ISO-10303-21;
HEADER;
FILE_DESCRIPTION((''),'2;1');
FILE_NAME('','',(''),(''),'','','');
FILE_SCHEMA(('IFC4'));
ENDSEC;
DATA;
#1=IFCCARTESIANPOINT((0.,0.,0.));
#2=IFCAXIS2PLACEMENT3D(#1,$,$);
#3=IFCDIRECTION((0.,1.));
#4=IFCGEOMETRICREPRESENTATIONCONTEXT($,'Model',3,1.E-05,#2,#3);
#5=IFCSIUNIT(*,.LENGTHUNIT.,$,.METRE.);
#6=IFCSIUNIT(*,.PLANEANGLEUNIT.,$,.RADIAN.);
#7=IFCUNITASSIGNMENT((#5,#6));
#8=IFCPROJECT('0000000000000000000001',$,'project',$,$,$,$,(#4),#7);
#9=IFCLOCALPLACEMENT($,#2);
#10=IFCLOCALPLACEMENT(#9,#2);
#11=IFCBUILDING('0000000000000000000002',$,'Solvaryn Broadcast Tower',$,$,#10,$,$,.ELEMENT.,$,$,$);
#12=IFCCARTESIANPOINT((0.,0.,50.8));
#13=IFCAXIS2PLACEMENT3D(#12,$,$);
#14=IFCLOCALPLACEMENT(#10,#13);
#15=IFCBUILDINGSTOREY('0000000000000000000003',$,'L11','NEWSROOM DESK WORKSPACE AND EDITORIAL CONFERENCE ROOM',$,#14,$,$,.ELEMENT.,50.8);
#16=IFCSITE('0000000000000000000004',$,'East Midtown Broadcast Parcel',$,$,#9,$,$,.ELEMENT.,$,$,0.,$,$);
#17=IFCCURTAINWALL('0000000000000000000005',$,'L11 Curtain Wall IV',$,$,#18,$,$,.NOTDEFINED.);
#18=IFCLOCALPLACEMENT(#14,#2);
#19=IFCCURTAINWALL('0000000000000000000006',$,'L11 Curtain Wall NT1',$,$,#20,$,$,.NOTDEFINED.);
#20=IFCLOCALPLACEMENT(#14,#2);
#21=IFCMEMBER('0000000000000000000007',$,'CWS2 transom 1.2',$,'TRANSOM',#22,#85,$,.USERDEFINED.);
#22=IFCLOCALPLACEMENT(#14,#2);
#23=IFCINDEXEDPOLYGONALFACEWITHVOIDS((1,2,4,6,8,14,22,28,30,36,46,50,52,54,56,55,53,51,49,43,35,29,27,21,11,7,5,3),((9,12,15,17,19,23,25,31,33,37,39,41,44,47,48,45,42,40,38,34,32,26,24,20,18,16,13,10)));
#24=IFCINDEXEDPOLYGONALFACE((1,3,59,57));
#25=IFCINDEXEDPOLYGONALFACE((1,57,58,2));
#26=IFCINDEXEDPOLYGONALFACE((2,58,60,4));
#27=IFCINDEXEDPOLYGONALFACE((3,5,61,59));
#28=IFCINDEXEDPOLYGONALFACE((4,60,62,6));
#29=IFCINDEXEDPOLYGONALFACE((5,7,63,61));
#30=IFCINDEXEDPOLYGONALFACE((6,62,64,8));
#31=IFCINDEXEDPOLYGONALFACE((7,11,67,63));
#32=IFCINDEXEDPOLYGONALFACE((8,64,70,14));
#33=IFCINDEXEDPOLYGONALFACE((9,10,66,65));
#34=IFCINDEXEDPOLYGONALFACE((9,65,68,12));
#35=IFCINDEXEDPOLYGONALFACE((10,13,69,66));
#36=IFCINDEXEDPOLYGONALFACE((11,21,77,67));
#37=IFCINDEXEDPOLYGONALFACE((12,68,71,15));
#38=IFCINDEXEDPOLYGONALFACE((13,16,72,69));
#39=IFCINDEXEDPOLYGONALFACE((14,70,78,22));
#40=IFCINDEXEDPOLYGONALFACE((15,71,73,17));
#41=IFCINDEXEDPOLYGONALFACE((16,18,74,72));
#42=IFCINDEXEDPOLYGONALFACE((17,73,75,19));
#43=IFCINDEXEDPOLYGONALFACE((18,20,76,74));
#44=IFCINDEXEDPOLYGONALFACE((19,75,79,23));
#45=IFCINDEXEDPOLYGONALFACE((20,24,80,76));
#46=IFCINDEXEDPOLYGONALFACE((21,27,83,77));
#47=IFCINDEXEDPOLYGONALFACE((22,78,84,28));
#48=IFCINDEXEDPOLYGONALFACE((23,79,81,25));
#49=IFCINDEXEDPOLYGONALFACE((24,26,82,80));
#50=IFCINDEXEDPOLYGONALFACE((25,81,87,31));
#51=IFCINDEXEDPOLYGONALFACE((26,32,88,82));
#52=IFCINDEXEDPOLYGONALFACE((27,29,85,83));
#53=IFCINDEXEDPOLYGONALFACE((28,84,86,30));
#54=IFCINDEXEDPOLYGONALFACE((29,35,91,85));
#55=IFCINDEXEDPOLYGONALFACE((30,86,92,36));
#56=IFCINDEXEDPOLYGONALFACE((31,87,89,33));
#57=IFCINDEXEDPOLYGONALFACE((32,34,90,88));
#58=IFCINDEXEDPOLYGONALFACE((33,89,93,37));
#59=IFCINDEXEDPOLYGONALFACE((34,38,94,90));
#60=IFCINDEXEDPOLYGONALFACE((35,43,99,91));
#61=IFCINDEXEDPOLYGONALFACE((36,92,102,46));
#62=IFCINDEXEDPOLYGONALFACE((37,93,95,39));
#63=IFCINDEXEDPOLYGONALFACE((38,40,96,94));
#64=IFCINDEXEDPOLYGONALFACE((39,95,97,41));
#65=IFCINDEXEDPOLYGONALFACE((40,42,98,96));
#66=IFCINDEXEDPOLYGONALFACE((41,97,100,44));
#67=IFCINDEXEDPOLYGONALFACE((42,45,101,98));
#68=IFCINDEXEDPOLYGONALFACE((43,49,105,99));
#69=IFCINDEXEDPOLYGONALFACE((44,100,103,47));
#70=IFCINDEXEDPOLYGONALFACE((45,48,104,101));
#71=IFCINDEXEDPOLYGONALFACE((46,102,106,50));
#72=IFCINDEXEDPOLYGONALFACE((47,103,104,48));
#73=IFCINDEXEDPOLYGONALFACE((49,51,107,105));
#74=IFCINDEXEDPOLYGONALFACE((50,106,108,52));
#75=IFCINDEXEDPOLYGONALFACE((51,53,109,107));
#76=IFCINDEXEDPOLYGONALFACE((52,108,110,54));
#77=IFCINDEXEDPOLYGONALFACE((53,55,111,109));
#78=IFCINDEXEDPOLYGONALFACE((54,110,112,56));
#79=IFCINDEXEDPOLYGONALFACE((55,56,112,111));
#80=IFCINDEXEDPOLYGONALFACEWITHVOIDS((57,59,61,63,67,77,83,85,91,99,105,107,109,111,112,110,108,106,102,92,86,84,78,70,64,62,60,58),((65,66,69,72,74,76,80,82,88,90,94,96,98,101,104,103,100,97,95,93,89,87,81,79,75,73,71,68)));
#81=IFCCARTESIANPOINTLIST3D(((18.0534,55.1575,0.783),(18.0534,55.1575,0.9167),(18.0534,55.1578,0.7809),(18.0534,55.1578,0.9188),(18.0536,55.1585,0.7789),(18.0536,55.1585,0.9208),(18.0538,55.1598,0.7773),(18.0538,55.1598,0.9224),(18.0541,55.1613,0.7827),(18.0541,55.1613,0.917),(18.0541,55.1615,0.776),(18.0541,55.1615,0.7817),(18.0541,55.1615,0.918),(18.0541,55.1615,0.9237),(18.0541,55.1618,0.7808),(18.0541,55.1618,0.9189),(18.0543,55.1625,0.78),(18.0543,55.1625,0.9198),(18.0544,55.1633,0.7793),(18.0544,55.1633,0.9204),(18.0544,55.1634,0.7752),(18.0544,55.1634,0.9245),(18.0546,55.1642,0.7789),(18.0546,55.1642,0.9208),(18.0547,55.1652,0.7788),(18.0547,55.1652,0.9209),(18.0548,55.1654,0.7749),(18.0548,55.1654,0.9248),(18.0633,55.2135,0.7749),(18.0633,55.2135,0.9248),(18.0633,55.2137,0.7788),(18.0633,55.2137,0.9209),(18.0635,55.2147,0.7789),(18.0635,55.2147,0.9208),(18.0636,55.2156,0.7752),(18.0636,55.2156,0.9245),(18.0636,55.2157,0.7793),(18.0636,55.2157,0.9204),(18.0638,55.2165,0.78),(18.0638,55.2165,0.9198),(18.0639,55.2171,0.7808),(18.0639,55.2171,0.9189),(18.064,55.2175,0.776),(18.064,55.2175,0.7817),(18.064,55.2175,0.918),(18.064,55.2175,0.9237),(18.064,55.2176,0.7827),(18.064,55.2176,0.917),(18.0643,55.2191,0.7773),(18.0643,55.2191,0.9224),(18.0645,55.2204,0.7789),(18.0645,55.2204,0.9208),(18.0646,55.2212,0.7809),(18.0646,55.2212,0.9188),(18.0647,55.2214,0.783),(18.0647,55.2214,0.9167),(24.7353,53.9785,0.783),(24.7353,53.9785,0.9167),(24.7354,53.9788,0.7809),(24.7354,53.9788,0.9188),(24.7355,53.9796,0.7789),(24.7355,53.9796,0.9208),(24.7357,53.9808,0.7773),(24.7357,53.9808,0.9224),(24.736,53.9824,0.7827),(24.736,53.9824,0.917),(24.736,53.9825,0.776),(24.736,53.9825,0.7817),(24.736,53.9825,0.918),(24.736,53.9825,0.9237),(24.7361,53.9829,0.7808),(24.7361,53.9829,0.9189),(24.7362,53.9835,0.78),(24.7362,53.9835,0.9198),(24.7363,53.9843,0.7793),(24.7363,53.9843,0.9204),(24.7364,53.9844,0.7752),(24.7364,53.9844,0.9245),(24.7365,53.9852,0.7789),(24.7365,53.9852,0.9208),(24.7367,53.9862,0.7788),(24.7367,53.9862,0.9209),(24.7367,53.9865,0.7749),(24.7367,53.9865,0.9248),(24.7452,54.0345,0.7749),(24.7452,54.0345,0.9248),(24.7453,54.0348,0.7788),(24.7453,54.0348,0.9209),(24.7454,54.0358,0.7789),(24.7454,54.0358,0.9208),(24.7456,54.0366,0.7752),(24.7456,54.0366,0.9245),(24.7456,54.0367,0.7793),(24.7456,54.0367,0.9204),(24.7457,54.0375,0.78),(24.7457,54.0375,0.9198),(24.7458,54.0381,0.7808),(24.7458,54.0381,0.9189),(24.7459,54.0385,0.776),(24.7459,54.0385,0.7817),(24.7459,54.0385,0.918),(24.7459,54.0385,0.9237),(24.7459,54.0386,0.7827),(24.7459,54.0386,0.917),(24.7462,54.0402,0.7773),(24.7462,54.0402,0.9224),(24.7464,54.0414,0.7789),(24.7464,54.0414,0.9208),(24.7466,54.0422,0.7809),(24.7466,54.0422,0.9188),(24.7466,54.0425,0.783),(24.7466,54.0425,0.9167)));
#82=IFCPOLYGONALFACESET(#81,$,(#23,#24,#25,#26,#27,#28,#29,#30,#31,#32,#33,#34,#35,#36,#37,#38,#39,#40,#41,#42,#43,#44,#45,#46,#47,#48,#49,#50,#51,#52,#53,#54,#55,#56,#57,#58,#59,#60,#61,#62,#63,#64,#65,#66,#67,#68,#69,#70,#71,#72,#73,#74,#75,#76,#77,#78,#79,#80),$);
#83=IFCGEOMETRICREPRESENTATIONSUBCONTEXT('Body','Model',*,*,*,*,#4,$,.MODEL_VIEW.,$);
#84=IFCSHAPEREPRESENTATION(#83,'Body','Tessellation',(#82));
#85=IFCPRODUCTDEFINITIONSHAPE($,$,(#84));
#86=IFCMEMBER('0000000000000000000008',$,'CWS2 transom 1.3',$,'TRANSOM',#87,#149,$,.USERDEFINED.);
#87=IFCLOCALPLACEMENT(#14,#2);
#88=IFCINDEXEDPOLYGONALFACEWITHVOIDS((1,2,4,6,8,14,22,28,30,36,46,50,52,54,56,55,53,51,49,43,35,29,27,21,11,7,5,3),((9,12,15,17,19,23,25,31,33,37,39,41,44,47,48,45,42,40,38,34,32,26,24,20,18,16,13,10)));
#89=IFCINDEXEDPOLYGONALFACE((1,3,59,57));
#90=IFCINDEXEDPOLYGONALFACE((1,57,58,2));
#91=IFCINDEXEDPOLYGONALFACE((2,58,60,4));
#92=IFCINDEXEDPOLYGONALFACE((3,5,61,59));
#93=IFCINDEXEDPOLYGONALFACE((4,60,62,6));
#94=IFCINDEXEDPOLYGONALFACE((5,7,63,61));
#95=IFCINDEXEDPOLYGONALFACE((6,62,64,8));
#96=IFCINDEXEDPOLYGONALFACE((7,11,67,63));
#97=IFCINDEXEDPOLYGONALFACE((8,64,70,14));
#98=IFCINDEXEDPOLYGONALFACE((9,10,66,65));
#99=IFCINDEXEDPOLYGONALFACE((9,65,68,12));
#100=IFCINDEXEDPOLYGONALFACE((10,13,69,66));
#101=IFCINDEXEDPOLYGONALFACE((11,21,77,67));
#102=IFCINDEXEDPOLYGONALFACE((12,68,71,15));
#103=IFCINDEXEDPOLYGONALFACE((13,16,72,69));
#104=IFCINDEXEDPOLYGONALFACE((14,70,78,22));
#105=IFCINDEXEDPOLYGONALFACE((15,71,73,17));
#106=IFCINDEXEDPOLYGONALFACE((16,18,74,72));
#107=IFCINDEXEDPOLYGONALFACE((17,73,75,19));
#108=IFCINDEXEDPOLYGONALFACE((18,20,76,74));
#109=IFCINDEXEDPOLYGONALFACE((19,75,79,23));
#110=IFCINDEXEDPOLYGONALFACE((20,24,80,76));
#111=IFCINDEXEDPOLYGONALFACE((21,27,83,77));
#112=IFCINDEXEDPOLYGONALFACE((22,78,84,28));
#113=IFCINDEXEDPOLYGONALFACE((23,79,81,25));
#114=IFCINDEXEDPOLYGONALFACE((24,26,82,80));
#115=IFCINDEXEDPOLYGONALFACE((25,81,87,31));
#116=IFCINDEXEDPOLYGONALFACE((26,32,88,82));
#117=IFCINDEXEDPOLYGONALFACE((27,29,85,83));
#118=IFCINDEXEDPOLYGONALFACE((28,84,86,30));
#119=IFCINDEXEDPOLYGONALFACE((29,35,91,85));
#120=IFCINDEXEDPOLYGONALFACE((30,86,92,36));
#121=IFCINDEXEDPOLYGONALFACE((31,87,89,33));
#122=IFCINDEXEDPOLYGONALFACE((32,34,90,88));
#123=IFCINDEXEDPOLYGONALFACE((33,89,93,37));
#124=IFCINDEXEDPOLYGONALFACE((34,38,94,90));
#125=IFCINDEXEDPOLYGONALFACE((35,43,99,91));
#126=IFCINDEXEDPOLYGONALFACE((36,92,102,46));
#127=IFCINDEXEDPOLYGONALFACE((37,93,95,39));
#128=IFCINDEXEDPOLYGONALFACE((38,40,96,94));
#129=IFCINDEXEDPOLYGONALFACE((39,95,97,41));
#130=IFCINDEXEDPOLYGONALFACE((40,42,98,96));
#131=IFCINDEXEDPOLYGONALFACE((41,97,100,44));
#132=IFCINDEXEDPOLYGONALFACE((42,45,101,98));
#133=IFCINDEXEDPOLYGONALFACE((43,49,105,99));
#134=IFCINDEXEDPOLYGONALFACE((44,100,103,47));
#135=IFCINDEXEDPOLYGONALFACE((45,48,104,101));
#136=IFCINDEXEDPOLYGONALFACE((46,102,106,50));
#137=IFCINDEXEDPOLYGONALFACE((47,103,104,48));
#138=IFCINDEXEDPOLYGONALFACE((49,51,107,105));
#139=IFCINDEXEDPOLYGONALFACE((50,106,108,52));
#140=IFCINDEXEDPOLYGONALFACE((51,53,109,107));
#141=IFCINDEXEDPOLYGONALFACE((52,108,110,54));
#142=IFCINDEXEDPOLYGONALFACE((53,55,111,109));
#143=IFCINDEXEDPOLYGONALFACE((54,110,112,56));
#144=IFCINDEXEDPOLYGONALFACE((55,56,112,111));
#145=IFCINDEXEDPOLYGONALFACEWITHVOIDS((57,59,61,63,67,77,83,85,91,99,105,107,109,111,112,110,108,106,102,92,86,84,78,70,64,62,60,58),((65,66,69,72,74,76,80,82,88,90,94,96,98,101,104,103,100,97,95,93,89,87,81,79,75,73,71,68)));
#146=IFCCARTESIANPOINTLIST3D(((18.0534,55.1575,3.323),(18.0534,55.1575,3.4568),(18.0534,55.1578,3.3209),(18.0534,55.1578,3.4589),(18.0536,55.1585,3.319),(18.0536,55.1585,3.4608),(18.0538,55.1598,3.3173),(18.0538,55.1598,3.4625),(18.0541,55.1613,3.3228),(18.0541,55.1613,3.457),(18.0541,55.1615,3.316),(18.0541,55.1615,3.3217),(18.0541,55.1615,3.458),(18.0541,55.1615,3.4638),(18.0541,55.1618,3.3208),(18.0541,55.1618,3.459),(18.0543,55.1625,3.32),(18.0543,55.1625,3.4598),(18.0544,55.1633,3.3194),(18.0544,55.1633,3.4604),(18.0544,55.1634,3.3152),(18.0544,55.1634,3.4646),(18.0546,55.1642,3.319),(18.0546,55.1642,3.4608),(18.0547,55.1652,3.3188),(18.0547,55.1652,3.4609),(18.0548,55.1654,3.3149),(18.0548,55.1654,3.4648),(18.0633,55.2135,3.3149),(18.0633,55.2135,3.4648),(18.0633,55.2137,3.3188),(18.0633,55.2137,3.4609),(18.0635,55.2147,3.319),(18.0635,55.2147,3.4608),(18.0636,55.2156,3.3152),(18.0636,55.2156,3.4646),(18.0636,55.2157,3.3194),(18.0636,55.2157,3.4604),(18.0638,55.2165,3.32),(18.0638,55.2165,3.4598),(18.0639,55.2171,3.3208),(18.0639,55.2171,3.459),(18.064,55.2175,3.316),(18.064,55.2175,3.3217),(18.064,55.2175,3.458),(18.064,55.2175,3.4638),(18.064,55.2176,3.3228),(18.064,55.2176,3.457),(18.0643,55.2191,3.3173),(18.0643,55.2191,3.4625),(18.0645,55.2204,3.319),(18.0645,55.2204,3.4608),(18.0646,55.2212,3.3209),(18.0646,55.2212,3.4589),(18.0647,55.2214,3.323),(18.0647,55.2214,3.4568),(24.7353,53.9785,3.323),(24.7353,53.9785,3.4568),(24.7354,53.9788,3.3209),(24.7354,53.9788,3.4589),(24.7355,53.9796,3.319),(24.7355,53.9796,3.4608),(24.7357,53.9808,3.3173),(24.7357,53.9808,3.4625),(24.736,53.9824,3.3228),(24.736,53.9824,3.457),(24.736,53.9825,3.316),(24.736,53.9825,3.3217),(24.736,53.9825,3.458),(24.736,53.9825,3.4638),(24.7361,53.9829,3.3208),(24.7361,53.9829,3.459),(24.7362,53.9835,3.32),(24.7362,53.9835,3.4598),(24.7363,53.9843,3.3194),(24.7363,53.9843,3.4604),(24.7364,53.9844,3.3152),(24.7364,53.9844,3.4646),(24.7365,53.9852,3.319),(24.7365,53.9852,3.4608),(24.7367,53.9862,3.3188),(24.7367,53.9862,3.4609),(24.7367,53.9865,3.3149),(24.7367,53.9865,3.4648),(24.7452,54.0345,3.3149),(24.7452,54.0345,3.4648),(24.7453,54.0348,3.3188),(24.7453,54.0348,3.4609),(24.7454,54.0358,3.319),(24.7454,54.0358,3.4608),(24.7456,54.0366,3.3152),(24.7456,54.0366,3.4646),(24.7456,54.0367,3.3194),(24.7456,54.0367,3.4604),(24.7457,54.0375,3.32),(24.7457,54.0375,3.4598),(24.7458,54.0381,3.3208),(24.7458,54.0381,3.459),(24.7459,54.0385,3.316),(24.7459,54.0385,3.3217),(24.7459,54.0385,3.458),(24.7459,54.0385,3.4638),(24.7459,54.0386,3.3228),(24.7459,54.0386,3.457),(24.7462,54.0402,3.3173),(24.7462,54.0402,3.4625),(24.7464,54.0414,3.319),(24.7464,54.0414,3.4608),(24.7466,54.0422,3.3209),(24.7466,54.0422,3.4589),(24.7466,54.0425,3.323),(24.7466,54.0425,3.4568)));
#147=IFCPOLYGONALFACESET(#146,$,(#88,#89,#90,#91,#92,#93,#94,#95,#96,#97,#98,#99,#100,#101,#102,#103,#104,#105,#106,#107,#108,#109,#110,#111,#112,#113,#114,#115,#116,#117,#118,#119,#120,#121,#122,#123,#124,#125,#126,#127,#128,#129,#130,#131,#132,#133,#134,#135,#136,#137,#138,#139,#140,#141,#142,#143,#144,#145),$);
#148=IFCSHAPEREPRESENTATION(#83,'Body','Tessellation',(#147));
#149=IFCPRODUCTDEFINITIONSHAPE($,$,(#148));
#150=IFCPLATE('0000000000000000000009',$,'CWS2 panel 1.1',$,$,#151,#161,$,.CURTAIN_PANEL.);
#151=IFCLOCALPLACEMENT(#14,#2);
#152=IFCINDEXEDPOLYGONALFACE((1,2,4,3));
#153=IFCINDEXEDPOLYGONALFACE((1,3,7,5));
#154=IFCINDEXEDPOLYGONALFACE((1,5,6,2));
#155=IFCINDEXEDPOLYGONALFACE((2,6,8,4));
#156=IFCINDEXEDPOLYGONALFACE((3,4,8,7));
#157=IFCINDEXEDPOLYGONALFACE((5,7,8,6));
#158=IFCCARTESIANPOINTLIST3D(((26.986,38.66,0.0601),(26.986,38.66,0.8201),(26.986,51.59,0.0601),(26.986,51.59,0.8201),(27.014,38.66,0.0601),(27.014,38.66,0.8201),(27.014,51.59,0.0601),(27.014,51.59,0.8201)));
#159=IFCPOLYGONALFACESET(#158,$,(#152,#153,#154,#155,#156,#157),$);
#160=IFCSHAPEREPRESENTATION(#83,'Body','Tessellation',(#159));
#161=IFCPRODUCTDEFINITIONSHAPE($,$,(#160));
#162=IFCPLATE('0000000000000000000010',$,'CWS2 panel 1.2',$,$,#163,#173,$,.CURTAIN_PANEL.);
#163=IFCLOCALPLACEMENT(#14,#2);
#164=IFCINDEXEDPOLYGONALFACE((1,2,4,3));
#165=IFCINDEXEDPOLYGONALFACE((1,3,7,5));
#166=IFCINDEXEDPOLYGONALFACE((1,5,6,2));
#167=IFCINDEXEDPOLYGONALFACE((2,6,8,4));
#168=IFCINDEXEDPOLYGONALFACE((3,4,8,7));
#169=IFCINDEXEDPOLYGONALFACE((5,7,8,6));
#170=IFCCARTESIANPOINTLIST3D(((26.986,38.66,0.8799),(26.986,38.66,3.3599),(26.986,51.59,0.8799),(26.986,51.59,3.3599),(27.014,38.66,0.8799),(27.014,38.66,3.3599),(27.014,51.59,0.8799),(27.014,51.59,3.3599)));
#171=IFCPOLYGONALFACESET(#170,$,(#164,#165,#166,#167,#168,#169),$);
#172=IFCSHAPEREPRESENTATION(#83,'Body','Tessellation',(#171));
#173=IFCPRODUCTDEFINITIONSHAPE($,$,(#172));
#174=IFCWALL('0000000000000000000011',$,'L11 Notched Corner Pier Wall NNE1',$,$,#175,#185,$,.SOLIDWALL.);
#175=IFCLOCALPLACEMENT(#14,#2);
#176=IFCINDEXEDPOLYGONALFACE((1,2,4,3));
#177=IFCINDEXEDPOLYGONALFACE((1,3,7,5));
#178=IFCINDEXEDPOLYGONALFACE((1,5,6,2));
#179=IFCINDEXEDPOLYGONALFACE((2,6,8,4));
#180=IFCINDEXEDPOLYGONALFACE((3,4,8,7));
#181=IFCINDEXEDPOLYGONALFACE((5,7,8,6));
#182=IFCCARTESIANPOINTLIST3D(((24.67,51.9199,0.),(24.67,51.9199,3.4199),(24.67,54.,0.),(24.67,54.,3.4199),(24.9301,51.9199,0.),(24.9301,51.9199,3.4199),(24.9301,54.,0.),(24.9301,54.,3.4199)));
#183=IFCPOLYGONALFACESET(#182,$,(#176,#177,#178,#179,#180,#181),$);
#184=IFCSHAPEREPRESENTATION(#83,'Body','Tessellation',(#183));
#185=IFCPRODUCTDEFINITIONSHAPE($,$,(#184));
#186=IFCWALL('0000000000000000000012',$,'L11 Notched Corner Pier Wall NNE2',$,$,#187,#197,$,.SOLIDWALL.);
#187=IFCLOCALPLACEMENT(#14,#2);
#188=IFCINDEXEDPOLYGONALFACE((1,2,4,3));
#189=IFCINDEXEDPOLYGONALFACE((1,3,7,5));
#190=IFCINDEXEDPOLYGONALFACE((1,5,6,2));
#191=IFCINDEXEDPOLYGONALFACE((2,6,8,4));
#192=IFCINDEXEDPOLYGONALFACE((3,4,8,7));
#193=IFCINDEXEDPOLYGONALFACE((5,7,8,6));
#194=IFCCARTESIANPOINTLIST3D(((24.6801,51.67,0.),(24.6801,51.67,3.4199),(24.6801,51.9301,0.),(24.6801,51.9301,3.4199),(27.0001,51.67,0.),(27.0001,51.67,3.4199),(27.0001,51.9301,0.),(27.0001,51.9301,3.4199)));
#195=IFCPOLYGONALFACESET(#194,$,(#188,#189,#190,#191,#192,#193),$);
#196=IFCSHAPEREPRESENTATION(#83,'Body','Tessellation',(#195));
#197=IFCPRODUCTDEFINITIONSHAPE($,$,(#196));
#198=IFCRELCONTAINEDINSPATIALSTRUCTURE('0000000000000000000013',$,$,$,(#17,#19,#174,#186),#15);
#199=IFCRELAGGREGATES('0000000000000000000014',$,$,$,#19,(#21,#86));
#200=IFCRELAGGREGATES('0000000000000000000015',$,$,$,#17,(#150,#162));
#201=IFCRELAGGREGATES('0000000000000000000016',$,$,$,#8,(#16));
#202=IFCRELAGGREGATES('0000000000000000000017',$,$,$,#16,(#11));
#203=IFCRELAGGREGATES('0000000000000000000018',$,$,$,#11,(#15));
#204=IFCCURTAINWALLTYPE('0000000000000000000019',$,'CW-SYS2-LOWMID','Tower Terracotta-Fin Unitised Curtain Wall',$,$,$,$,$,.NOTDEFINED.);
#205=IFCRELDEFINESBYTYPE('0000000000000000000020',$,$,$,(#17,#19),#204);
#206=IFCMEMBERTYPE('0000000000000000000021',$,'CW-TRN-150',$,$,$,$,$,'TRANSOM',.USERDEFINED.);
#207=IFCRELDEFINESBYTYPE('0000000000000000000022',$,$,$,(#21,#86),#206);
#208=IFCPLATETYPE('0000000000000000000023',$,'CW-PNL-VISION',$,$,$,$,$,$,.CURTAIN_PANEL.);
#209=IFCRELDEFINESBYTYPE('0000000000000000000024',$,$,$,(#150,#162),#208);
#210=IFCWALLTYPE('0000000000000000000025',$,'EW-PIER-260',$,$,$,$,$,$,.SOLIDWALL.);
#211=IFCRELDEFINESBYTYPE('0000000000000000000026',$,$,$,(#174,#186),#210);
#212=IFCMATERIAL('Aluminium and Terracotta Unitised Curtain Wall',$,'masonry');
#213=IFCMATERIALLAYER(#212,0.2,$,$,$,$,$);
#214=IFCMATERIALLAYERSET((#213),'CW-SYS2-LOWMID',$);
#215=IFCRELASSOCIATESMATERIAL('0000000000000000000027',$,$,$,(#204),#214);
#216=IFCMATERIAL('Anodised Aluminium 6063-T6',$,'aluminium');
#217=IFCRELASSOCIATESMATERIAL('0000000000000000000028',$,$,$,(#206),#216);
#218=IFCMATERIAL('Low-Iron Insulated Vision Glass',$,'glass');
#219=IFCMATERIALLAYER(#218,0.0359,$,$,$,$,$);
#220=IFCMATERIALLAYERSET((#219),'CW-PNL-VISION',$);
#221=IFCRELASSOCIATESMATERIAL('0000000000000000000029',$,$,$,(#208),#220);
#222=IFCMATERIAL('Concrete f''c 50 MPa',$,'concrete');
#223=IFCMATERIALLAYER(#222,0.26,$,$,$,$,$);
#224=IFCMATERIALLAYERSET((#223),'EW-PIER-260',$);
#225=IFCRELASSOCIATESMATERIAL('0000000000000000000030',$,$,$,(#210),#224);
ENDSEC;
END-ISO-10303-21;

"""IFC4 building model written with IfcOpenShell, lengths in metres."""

from ifc_helpers import new_model, si_unit, direction, frame, frame_2d, origin, origin_2d, place, context, subcontext, project, spatial, rectangle, hollow_rectangle, extrude, material, layer, layer_set, material_profile, profile_set, type_object, element, aggregate, save


model = new_model("IFC4")

# Units and contexts
model_context = context("Model", 3, precision=1e-05, world=origin(), true_north=direction((0.0, 1.0)))
body_context = subcontext(model_context, "Body", "Model", "MODEL_VIEW")
ifc_project = project(units=[si_unit("LENGTHUNIT", "METRE"), si_unit("PLANEANGLEUNIT", "RADIAN")], contexts=[model_context])

# Site, building, storey
site_placement = place(None, origin())
site = spatial("IfcSite", under=ifc_project, at=site_placement, Name="East Midtown Broadcast Parcel", CompositionType="ELEMENT", RefElevation=0.0)
building_placement = place(site_placement, origin())
building = spatial("IfcBuilding", under=site, at=building_placement, Name="Solvaryn Broadcast Tower", CompositionType="ELEMENT")
storey_placement = place(building_placement, frame((0.0, 0.0, 50.8)))
storey = spatial("IfcBuildingStorey", under=building, at=storey_placement, Name="L11", Description="NEWSROOM DESK WORKSPACE AND EDITORIAL CONFERENCE ROOM", CompositionType="ELEMENT", Elevation=50.8)

# Curtain wall
ifc_material_1 = material(Name="Aluminium and Terracotta Unitised Curtain Wall", Category="masonry")
ifc_layer_1 = layer(ifc_material_1, 0.2)
ifc_layer_set_1 = layer_set([ifc_layer_1], Name="CW-SYS2-LOWMID")
curtain_wall_type = type_object("IfcCurtainWallType", Name="CW-SYS2-LOWMID", Description="Tower Terracotta-Fin Unitised Curtain Wall", PredefinedType="NOTDEFINED", material=ifc_layer_set_1)
curtain_wall_1_placement = place(storey_placement, origin())
curtain_wall_1 = element("IfcCurtainWall", 1, at=curtain_wall_1_placement, inside=storey, type_object=curtain_wall_type, Name="L11 Curtain Wall IV", PredefinedType="NOTDEFINED")

# Curtain wall
curtain_wall_2_placement = place(storey_placement, origin())
curtain_wall_2 = element("IfcCurtainWall", 2, at=curtain_wall_2_placement, inside=storey, type_object=curtain_wall_type, Name="L11 Curtain Wall NT1", PredefinedType="NOTDEFINED")

# Members
ifc_material_2 = material(Name="Anodised Aluminium 6063-T6", Category="aluminium")
ifc_material_profile_1 = material_profile(ifc_material_2, hollow_rectangle(XDim=0.0649, YDim=0.1499, WallThickness=0.0039, InnerFilletRadius=0.0039, OuterFilletRadius=0.0081, at=origin_2d()))
ifc_profile_set_1 = profile_set([ifc_material_profile_1], Name="Anodised Aluminium 6063-T6")
member_type_1 = type_object("IfcMemberType", Name="CW-TRN-150", ElementType="TRANSOM", PredefinedType="USERDEFINED", material=ifc_profile_set_1)
member_1_placement = place(storey_placement, frame((24.741, 54.0105, 0.8499), z_axis=(-0.984789, 0.173757, 0.0), x_axis=(-0.173757, -0.984789, 0.0)))
member_1 = element("IfcMember", 3, at=member_1_placement, type_object=member_type_1, Name="CWS2 transom 1.2", ObjectType="TRANSOM", PredefinedType="USERDEFINED", context=body_context, shape_type="SweptSolid", body=[
    extrude(hollow_rectangle(XDim=0.0649, YDim=0.1499, WallThickness=0.0039, InnerFilletRadius=0.0039, OuterFilletRadius=0.0081, at=origin_2d()), origin(), (0.0, 0.0, 1.0), 6.7852),
])
member_2_placement = place(storey_placement, frame((24.741, 54.0105, 3.3899), z_axis=(-0.984789, 0.173757, 0.0), x_axis=(-0.173757, -0.984789, 0.0)))
member_2 = element("IfcMember", 4, at=member_2_placement, type_object=member_type_1, Name="CWS2 transom 1.3", ObjectType="TRANSOM", PredefinedType="USERDEFINED", context=body_context, shape_type="SweptSolid", body=[
    extrude(hollow_rectangle(XDim=0.0649, YDim=0.1499, WallThickness=0.0039, InnerFilletRadius=0.0039, OuterFilletRadius=0.0081, at=origin_2d()), origin(), (0.0, 0.0, 1.0), 6.7852),
])
aggregate(curtain_wall_2, [member_1, member_2])

# Plates
ifc_material_3 = material(Name="Low-Iron Insulated Vision Glass", Category="glass")
ifc_layer_2 = layer(ifc_material_3, 0.0359)
ifc_layer_set_2 = layer_set([ifc_layer_2], Name="CW-PNL-VISION")
plate_type = type_object("IfcPlateType", Name="CW-PNL-VISION", PredefinedType="CURTAIN_PANEL", material=ifc_layer_set_2)
plate_1_placement = place(storey_placement, frame((27.0, 45.125, 0.0601), z_axis=(0.0, 0.0, 1.0), x_axis=(0.0, -1.0, 0.0)))
plate_1 = element("IfcPlate", 5, at=plate_1_placement, type_object=plate_type, Name="CWS2 panel 1.1", PredefinedType="CURTAIN_PANEL", context=body_context, shape_type="SweptSolid", body=[
    extrude(rectangle(XDim=12.9299, YDim=0.0281, at=origin_2d()), origin(), (0.0, 0.0, 1.0), 0.76),
])
plate_2_placement = place(storey_placement, frame((27.0, 45.125, 0.8799), z_axis=(0.0, 0.0, 1.0), x_axis=(0.0, -1.0, 0.0)))
plate_2 = element("IfcPlate", 6, at=plate_2_placement, type_object=plate_type, Name="CWS2 panel 1.2", PredefinedType="CURTAIN_PANEL", context=body_context, shape_type="SweptSolid", body=[
    extrude(rectangle(XDim=12.9299, YDim=0.0281, at=origin_2d()), origin(), (0.0, 0.0, 1.0), 2.48),
])
aggregate(curtain_wall_1, [plate_1, plate_2])

# Walls
ifc_material_4 = material(Name="Concrete f'c 50 MPa", Category="concrete")
ifc_layer_3 = layer(ifc_material_4, 0.26)
ifc_layer_set_3 = layer_set([ifc_layer_3], Name="EW-PIER-260")
wall_type_1 = type_object("IfcWallType", Name="EW-PIER-260", PredefinedType="SOLIDWALL", material=ifc_layer_set_3)
wall_1_placement = place(storey_placement, frame((24.8, 54.0, 0.0), z_axis=(0.0, 0.0, 1.0), x_axis=(0.0, -1.0, 0.0)))
element("IfcWall", 7, at=wall_1_placement, inside=storey, type_object=wall_type_1, Name="L11 Notched Corner Pier Wall NNE1", PredefinedType="SOLIDWALL", context=body_context, shape_type="SweptSolid", body=[
    extrude(rectangle(XDim=2.0801, YDim=0.26, at=frame_2d((1.04, 0.0))), origin(), (0.0, 0.0, 1.0), 3.4199),
])
wall_2_placement = place(storey_placement, frame((24.6799, 51.8, 0.0), z_axis=(0.0, 0.0, 1.0), x_axis=(1.0, 0.0, 0.0)))
element("IfcWall", 8, at=wall_2_placement, inside=storey, type_object=wall_type_1, Name="L11 Notched Corner Pier Wall NNE2", PredefinedType="SOLIDWALL", context=body_context, shape_type="SweptSolid", body=[
    extrude(rectangle(XDim=2.3201, YDim=0.26, at=frame_2d((1.1602, 0.0))), origin(), (0.0, 0.0, 1.0), 3.4199),
])

save(model, "model.ifc")
